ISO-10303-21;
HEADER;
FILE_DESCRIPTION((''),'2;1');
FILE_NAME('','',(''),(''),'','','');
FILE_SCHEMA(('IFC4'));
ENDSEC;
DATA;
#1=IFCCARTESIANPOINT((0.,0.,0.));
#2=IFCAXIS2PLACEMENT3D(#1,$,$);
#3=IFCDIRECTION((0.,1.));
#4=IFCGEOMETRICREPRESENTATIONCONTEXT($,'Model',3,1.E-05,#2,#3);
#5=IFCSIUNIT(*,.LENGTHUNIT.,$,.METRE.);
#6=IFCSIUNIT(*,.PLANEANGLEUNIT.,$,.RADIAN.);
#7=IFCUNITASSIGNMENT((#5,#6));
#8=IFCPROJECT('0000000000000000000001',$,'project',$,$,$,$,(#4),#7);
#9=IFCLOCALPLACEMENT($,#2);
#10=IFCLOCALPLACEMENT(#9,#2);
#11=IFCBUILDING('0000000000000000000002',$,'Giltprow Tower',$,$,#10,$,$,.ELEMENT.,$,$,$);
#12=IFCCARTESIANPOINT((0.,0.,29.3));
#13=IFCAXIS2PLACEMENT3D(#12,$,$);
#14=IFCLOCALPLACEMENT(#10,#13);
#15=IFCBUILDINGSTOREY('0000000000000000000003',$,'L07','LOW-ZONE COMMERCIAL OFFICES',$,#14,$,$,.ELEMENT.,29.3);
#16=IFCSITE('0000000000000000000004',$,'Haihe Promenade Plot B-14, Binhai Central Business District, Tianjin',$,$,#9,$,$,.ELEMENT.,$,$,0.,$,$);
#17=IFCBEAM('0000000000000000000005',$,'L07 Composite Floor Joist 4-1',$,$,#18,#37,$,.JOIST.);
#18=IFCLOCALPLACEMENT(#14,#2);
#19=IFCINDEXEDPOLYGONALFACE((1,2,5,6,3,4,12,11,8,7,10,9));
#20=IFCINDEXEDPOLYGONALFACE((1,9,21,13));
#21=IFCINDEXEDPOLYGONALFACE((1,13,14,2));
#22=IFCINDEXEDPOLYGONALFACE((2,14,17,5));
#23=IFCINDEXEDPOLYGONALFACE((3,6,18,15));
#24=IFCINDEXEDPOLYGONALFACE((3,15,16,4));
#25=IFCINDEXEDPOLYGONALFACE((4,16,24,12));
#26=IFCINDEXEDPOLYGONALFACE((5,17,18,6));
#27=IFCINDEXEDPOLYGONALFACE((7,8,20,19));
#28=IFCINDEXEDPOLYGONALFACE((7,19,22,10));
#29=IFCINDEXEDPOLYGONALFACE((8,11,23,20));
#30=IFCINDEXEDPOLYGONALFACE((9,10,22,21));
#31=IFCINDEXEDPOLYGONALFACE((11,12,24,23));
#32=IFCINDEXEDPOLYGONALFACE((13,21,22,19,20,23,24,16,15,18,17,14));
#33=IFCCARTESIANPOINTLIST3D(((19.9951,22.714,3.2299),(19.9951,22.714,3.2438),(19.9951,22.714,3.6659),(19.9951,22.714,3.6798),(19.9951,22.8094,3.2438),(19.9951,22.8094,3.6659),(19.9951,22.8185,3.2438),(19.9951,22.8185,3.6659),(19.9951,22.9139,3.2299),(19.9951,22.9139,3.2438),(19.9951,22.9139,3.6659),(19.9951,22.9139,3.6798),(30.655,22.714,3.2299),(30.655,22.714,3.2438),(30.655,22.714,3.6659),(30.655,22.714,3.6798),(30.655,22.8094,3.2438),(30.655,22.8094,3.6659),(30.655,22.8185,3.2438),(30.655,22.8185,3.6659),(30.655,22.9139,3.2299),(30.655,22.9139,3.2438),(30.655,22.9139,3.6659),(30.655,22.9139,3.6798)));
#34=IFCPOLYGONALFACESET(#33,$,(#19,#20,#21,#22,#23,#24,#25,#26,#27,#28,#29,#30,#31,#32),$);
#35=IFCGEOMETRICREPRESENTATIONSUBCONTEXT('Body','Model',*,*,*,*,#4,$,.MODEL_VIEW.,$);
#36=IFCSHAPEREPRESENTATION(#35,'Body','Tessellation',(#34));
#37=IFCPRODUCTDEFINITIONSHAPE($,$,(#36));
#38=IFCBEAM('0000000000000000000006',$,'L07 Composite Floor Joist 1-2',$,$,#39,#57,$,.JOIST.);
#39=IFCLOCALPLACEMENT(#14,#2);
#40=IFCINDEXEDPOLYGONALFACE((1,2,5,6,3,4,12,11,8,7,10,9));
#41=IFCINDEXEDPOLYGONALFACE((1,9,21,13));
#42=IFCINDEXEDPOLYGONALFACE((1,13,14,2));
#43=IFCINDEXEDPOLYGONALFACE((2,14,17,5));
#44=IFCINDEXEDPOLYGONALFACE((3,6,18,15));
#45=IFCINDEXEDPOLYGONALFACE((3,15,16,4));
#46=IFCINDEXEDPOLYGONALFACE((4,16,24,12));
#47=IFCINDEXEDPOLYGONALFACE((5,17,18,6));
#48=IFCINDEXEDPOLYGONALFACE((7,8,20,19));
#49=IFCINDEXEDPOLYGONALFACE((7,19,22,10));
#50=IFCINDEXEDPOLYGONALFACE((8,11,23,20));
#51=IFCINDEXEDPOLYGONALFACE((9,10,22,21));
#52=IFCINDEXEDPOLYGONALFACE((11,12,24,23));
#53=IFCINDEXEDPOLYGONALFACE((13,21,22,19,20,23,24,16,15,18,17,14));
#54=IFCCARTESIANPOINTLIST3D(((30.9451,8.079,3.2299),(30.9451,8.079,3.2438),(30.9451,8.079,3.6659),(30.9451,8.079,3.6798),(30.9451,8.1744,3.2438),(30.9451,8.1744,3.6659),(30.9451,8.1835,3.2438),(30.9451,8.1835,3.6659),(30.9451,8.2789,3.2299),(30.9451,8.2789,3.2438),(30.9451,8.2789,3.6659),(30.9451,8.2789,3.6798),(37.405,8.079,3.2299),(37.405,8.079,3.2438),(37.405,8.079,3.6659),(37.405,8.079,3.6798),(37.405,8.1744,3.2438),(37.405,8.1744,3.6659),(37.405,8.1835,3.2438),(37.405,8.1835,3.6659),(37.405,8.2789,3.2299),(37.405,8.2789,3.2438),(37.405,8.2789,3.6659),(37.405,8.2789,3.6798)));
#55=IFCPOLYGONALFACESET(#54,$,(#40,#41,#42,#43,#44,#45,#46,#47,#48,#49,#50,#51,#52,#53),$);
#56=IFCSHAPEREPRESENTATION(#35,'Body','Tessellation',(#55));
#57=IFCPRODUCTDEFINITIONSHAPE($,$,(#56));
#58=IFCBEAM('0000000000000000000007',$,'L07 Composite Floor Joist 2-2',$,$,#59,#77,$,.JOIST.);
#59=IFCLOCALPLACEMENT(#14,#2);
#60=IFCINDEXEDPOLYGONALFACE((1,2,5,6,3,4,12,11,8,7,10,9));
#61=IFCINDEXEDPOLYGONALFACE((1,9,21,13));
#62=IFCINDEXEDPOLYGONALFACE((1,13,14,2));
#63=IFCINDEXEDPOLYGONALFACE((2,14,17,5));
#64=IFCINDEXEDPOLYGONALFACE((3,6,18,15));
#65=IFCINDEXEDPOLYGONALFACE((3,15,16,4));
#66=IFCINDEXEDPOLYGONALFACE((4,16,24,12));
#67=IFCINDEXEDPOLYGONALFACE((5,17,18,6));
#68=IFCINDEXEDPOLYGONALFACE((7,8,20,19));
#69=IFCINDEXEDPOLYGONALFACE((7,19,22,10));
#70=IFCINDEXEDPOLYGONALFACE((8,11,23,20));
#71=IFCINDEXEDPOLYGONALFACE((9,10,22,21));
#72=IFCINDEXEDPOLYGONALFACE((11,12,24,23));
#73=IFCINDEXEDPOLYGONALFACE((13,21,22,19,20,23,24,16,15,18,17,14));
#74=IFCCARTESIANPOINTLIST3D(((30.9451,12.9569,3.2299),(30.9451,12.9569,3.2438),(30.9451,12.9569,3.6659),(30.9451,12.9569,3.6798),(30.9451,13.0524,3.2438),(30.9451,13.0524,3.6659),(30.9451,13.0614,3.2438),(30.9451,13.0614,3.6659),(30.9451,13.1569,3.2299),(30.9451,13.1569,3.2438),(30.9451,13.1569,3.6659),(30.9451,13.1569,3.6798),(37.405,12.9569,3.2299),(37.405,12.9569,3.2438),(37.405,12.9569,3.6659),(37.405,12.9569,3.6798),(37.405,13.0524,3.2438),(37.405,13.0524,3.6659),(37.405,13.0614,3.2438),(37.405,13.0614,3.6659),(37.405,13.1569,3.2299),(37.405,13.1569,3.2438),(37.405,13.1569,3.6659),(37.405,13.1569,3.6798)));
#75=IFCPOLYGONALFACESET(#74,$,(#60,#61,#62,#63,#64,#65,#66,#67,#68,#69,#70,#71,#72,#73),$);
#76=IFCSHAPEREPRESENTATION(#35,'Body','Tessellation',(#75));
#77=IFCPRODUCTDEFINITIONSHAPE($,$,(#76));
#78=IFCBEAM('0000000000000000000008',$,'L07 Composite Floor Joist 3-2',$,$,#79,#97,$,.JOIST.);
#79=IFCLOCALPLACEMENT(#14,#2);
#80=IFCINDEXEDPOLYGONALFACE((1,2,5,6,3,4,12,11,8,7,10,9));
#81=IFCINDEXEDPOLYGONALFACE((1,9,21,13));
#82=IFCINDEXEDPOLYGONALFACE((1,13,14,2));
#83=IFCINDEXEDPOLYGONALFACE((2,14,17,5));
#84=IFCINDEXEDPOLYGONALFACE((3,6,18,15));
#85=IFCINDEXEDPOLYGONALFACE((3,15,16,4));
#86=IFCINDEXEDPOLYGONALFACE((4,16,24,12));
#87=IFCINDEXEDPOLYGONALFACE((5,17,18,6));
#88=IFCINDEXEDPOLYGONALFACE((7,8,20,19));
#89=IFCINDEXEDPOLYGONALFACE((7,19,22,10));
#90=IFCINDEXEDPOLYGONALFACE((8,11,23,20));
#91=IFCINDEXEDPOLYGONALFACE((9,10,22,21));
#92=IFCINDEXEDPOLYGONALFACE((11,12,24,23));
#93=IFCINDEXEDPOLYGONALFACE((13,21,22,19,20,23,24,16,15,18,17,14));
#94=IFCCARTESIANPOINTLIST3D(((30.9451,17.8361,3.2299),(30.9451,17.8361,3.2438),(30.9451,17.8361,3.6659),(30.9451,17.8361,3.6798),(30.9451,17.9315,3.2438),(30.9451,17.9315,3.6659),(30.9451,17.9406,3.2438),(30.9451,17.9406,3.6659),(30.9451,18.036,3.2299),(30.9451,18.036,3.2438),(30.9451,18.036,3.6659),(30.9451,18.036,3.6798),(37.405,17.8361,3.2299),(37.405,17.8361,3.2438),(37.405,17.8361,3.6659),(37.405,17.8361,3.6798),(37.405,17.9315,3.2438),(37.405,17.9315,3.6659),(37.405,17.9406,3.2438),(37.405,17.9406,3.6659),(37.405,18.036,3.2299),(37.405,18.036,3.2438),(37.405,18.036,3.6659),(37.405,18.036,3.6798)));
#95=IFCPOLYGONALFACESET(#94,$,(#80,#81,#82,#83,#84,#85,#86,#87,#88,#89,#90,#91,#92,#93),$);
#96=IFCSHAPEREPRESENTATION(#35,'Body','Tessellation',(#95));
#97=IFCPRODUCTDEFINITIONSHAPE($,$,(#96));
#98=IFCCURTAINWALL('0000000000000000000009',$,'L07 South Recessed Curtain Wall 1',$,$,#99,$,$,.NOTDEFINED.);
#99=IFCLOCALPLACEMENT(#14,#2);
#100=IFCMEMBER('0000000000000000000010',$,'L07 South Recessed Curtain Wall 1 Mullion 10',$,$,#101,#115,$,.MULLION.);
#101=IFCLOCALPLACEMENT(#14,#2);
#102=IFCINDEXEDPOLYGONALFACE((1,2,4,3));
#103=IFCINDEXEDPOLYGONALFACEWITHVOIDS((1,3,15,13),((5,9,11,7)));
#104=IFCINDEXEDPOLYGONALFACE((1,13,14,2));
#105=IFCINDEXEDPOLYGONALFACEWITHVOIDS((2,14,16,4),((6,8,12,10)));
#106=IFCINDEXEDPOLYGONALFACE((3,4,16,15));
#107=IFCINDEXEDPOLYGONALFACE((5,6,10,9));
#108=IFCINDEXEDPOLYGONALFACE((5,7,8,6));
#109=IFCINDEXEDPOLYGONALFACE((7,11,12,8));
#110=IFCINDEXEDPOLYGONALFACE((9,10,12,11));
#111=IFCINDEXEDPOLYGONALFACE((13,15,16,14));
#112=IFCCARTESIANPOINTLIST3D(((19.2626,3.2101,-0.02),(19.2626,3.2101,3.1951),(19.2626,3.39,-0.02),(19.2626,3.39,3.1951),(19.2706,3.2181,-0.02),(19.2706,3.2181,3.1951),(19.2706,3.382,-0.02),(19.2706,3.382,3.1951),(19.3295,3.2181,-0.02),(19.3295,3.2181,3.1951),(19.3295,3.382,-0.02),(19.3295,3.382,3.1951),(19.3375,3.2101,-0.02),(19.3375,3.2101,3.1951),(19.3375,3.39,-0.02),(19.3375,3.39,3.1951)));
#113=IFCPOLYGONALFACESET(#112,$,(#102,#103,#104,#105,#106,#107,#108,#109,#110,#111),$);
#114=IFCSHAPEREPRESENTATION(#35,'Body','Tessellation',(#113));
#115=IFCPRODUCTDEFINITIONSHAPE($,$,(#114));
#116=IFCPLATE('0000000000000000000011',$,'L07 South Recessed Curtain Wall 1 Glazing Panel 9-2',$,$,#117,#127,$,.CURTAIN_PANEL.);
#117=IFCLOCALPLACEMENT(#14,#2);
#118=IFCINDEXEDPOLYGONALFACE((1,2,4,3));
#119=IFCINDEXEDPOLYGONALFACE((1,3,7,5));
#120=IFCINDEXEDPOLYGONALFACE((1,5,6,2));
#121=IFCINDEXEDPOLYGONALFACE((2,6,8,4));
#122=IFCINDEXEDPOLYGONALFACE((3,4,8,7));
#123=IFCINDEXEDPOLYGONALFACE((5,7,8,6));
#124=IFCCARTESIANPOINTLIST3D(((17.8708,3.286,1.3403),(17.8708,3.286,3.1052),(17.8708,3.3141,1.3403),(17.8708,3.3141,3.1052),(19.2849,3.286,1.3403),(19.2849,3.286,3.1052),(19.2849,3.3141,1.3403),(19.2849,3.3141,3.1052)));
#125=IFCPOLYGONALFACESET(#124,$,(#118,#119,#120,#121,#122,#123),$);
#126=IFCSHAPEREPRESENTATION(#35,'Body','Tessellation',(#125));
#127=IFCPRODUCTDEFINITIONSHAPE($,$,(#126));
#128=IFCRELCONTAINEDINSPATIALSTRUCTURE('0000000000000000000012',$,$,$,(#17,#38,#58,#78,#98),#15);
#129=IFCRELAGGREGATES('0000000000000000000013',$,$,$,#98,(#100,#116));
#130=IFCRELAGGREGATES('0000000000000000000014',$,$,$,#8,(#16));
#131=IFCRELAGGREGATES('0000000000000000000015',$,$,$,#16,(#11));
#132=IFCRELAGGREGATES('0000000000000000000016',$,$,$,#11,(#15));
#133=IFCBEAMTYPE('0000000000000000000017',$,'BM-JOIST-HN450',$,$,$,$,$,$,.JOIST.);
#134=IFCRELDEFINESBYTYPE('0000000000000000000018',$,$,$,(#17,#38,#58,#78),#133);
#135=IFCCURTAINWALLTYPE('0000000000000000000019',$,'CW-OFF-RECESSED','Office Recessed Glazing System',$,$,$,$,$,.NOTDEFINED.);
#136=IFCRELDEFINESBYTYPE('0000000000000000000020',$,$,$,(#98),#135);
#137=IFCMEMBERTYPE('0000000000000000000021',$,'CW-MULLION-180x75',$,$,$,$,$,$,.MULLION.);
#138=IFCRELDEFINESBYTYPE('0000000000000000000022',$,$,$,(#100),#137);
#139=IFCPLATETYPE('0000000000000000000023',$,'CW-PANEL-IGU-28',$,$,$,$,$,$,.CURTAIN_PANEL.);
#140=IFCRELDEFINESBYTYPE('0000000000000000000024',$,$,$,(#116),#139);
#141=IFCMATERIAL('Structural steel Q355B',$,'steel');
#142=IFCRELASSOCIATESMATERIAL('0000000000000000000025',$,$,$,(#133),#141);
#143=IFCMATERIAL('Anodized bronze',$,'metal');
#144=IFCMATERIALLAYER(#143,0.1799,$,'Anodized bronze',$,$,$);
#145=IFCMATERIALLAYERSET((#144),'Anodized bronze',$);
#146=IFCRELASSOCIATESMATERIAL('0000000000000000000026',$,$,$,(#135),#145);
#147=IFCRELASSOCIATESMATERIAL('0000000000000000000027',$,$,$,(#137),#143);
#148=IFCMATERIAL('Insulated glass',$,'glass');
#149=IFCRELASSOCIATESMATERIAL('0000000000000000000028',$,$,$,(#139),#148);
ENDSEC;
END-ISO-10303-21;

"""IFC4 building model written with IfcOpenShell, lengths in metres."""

from ifc_helpers import new_model, si_unit, direction, frame, origin, origin_2d, place, context, subcontext, project, spatial, rectangle, hollow_rectangle, i_section, extrude, source, transform, mapped, material, layer, layer_set, material_profile, profile_set, type_object, element, aggregate, save


model = new_model("IFC4")

# Units and contexts
model_context = context("Model", 3, precision=1e-05, world=origin(), true_north=direction((0.0, 1.0)))
body_context = subcontext(model_context, "Body", "Model", "MODEL_VIEW")
ifc_project = project(units=[si_unit("LENGTHUNIT", "METRE"), si_unit("PLANEANGLEUNIT", "RADIAN")], contexts=[model_context])

# Site, building, storey
site_placement = place(None, origin())
site = spatial("IfcSite", under=ifc_project, at=site_placement, Name="Haihe Promenade Plot B-14, Binhai Central Business District, Tianjin", CompositionType="ELEMENT", RefElevation=0.0)
building_placement = place(site_placement, origin())
building = spatial("IfcBuilding", under=site, at=building_placement, Name="Giltprow Tower", CompositionType="ELEMENT")
storey_placement = place(building_placement, frame((0.0, 0.0, 29.3)))
storey = spatial("IfcBuildingStorey", under=building, at=storey_placement, Name="L07", Description="LOW-ZONE COMMERCIAL OFFICES", CompositionType="ELEMENT", Elevation=29.3)

# Beams
ifc_material_1 = material(Name="Structural steel Q355B", Category="steel")
ifc_material_profile_1 = material_profile(ifc_material_1, i_section(OverallWidth=0.2, OverallDepth=0.45, WebThickness=0.009, FlangeThickness=0.0139, at=origin_2d()), Name="HN 450x200x9x14")
ifc_profile_set_1 = profile_set([ifc_material_profile_1], Name="Structural steel Q355B")
beam_type_1 = type_object("IfcBeamType", Name="BM-JOIST-HN450", PredefinedType="JOIST", material=ifc_profile_set_1)
shared_shape_1 = source(origin(), body_context, "Body", "SweptSolid", [
    extrude(i_section(OverallWidth=0.2, OverallDepth=0.45, WebThickness=0.009, FlangeThickness=0.0139, at=origin_2d()), origin(), (0.0, 0.0, 1.0), 10.6599),
])
for number, where, z_axis, x_axis, name in (
    (1, (19.9951, 22.814, 3.4548), (1.0, 0.0, 0.0), (0.0, 1.0, 0.0), "L07 Composite Floor Joist 4-1"),
):
    element("IfcBeam", number, at=place(storey_placement, frame(where, z_axis=z_axis, x_axis=x_axis)), inside=storey, type_object=beam_type_1, Name=name, PredefinedType="JOIST", context=body_context, shape_type="MappedRepresentation", body=[
        mapped(shared_shape_1, transform((0.0, 0.0, 0.0), x_axis=(1.0, 0.0, 0.0), y_axis=(0.0, 1.0, 0.0), z_axis=(0.0, 0.0, 1.0), scale=1.0)),
    ])
shared_shape_2 = source(origin(), body_context, "Body", "SweptSolid", [
    extrude(i_section(OverallWidth=0.2, OverallDepth=0.45, WebThickness=0.009, FlangeThickness=0.0139, at=origin_2d()), origin(), (0.0, 0.0, 1.0), 6.46),
])
for number, where, z_axis, x_axis, name in (
    (2, (30.9451, 8.179, 3.4548), (1.0, 0.0, 0.0), (0.0, 1.0, 0.0), "L07 Composite Floor Joist 1-2"),
    (3, (30.9451, 13.0569, 3.4548), (1.0, 0.0, 0.0), (0.0, 1.0, 0.0), "L07 Composite Floor Joist 2-2"),
    (4, (30.9451, 17.936, 3.4548), (1.0, 0.0, 0.0), (0.0, 1.0, 0.0), "L07 Composite Floor Joist 3-2"),
):
    element("IfcBeam", number, at=place(storey_placement, frame(where, z_axis=z_axis, x_axis=x_axis)), inside=storey, type_object=beam_type_1, Name=name, PredefinedType="JOIST", context=body_context, shape_type="MappedRepresentation", body=[
        mapped(shared_shape_2, transform((0.0, 0.0, 0.0), x_axis=(1.0, 0.0, 0.0), y_axis=(0.0, 1.0, 0.0), z_axis=(0.0, 0.0, 1.0), scale=1.0)),
    ])

# Curtain wall, member, plate
ifc_material_2 = material(Name="Anodized bronze", Category="metal")
ifc_layer_1 = layer(ifc_material_2, 0.1799, Name="Anodized bronze")
ifc_layer_set_1 = layer_set([ifc_layer_1], Name="Anodized bronze")
curtain_wall_type = type_object("IfcCurtainWallType", Name="CW-OFF-RECESSED", Description="Office Recessed Glazing System", PredefinedType="NOTDEFINED", material=ifc_layer_set_1)
curtain_wall_placement = place(storey_placement, origin())
curtain_wall = element("IfcCurtainWall", 5, at=curtain_wall_placement, inside=storey, type_object=curtain_wall_type, Name="L07 South Recessed Curtain Wall 1", PredefinedType="NOTDEFINED")
ifc_material_profile_2 = material_profile(ifc_material_2, hollow_rectangle(XDim=0.075, YDim=0.1799, WallThickness=0.0081, at=origin_2d()), Name="RHS 180x75x8")
ifc_profile_set_2 = profile_set([ifc_material_profile_2], Name="Anodized bronze")
member_type = type_object("IfcMemberType", Name="CW-MULLION-180x75", PredefinedType="MULLION", material=ifc_profile_set_2)
shared_shape_3 = source(origin(), body_context, "Body", "SweptSolid", [
    extrude(hollow_rectangle(XDim=0.075, YDim=0.1799, WallThickness=0.0081, at=origin_2d()), origin(), (0.0, 0.0, 1.0), 3.2151),
])
member_placement = place(storey_placement, frame((19.3, 3.3, -0.02), z_axis=(0.0, 0.0, 1.0), x_axis=(1.0, 0.0, 0.0)))
member = element("IfcMember", 6, at=member_placement, type_object=member_type, Name="L07 South Recessed Curtain Wall 1 Mullion 10", PredefinedType="MULLION", context=body_context, shape_type="MappedRepresentation", body=[
    mapped(shared_shape_3, transform((0.0, 0.0, 0.0), x_axis=(1.0, 0.0, 0.0), y_axis=(0.0, 1.0, 0.0), z_axis=(0.0, 0.0, 1.0), scale=1.0)),
])
ifc_material_3 = material(Name="Insulated glass", Category="glass")
plate_type = type_object("IfcPlateType", Name="CW-PANEL-IGU-28", PredefinedType="CURTAIN_PANEL", material=ifc_material_3)
shared_shape_4 = source(origin(), body_context, "Body", "SweptSolid", [
    extrude(rectangle(XDim=1.4141, YDim=0.0281, at=origin_2d()), origin(), (0.0, 0.0, 1.0), 1.7649),
])
plate_placement = place(storey_placement, frame((18.5779, 3.3, 1.3403), z_axis=(0.0, 0.0, 1.0), x_axis=(1.0, 0.0, 0.0)))
plate = element("IfcPlate", 7, at=plate_placement, type_object=plate_type, Name="L07 South Recessed Curtain Wall 1 Glazing Panel 9-2", PredefinedType="CURTAIN_PANEL", context=body_context, shape_type="MappedRepresentation", body=[
    mapped(shared_shape_4, transform((0.0, 0.0, 0.0), x_axis=(1.0, 0.0, 0.0), y_axis=(0.0, 1.0, 0.0), z_axis=(0.0, 0.0, 1.0), scale=1.0)),
])
aggregate(curtain_wall, [member, plate])

save(model, "model.ifc")
